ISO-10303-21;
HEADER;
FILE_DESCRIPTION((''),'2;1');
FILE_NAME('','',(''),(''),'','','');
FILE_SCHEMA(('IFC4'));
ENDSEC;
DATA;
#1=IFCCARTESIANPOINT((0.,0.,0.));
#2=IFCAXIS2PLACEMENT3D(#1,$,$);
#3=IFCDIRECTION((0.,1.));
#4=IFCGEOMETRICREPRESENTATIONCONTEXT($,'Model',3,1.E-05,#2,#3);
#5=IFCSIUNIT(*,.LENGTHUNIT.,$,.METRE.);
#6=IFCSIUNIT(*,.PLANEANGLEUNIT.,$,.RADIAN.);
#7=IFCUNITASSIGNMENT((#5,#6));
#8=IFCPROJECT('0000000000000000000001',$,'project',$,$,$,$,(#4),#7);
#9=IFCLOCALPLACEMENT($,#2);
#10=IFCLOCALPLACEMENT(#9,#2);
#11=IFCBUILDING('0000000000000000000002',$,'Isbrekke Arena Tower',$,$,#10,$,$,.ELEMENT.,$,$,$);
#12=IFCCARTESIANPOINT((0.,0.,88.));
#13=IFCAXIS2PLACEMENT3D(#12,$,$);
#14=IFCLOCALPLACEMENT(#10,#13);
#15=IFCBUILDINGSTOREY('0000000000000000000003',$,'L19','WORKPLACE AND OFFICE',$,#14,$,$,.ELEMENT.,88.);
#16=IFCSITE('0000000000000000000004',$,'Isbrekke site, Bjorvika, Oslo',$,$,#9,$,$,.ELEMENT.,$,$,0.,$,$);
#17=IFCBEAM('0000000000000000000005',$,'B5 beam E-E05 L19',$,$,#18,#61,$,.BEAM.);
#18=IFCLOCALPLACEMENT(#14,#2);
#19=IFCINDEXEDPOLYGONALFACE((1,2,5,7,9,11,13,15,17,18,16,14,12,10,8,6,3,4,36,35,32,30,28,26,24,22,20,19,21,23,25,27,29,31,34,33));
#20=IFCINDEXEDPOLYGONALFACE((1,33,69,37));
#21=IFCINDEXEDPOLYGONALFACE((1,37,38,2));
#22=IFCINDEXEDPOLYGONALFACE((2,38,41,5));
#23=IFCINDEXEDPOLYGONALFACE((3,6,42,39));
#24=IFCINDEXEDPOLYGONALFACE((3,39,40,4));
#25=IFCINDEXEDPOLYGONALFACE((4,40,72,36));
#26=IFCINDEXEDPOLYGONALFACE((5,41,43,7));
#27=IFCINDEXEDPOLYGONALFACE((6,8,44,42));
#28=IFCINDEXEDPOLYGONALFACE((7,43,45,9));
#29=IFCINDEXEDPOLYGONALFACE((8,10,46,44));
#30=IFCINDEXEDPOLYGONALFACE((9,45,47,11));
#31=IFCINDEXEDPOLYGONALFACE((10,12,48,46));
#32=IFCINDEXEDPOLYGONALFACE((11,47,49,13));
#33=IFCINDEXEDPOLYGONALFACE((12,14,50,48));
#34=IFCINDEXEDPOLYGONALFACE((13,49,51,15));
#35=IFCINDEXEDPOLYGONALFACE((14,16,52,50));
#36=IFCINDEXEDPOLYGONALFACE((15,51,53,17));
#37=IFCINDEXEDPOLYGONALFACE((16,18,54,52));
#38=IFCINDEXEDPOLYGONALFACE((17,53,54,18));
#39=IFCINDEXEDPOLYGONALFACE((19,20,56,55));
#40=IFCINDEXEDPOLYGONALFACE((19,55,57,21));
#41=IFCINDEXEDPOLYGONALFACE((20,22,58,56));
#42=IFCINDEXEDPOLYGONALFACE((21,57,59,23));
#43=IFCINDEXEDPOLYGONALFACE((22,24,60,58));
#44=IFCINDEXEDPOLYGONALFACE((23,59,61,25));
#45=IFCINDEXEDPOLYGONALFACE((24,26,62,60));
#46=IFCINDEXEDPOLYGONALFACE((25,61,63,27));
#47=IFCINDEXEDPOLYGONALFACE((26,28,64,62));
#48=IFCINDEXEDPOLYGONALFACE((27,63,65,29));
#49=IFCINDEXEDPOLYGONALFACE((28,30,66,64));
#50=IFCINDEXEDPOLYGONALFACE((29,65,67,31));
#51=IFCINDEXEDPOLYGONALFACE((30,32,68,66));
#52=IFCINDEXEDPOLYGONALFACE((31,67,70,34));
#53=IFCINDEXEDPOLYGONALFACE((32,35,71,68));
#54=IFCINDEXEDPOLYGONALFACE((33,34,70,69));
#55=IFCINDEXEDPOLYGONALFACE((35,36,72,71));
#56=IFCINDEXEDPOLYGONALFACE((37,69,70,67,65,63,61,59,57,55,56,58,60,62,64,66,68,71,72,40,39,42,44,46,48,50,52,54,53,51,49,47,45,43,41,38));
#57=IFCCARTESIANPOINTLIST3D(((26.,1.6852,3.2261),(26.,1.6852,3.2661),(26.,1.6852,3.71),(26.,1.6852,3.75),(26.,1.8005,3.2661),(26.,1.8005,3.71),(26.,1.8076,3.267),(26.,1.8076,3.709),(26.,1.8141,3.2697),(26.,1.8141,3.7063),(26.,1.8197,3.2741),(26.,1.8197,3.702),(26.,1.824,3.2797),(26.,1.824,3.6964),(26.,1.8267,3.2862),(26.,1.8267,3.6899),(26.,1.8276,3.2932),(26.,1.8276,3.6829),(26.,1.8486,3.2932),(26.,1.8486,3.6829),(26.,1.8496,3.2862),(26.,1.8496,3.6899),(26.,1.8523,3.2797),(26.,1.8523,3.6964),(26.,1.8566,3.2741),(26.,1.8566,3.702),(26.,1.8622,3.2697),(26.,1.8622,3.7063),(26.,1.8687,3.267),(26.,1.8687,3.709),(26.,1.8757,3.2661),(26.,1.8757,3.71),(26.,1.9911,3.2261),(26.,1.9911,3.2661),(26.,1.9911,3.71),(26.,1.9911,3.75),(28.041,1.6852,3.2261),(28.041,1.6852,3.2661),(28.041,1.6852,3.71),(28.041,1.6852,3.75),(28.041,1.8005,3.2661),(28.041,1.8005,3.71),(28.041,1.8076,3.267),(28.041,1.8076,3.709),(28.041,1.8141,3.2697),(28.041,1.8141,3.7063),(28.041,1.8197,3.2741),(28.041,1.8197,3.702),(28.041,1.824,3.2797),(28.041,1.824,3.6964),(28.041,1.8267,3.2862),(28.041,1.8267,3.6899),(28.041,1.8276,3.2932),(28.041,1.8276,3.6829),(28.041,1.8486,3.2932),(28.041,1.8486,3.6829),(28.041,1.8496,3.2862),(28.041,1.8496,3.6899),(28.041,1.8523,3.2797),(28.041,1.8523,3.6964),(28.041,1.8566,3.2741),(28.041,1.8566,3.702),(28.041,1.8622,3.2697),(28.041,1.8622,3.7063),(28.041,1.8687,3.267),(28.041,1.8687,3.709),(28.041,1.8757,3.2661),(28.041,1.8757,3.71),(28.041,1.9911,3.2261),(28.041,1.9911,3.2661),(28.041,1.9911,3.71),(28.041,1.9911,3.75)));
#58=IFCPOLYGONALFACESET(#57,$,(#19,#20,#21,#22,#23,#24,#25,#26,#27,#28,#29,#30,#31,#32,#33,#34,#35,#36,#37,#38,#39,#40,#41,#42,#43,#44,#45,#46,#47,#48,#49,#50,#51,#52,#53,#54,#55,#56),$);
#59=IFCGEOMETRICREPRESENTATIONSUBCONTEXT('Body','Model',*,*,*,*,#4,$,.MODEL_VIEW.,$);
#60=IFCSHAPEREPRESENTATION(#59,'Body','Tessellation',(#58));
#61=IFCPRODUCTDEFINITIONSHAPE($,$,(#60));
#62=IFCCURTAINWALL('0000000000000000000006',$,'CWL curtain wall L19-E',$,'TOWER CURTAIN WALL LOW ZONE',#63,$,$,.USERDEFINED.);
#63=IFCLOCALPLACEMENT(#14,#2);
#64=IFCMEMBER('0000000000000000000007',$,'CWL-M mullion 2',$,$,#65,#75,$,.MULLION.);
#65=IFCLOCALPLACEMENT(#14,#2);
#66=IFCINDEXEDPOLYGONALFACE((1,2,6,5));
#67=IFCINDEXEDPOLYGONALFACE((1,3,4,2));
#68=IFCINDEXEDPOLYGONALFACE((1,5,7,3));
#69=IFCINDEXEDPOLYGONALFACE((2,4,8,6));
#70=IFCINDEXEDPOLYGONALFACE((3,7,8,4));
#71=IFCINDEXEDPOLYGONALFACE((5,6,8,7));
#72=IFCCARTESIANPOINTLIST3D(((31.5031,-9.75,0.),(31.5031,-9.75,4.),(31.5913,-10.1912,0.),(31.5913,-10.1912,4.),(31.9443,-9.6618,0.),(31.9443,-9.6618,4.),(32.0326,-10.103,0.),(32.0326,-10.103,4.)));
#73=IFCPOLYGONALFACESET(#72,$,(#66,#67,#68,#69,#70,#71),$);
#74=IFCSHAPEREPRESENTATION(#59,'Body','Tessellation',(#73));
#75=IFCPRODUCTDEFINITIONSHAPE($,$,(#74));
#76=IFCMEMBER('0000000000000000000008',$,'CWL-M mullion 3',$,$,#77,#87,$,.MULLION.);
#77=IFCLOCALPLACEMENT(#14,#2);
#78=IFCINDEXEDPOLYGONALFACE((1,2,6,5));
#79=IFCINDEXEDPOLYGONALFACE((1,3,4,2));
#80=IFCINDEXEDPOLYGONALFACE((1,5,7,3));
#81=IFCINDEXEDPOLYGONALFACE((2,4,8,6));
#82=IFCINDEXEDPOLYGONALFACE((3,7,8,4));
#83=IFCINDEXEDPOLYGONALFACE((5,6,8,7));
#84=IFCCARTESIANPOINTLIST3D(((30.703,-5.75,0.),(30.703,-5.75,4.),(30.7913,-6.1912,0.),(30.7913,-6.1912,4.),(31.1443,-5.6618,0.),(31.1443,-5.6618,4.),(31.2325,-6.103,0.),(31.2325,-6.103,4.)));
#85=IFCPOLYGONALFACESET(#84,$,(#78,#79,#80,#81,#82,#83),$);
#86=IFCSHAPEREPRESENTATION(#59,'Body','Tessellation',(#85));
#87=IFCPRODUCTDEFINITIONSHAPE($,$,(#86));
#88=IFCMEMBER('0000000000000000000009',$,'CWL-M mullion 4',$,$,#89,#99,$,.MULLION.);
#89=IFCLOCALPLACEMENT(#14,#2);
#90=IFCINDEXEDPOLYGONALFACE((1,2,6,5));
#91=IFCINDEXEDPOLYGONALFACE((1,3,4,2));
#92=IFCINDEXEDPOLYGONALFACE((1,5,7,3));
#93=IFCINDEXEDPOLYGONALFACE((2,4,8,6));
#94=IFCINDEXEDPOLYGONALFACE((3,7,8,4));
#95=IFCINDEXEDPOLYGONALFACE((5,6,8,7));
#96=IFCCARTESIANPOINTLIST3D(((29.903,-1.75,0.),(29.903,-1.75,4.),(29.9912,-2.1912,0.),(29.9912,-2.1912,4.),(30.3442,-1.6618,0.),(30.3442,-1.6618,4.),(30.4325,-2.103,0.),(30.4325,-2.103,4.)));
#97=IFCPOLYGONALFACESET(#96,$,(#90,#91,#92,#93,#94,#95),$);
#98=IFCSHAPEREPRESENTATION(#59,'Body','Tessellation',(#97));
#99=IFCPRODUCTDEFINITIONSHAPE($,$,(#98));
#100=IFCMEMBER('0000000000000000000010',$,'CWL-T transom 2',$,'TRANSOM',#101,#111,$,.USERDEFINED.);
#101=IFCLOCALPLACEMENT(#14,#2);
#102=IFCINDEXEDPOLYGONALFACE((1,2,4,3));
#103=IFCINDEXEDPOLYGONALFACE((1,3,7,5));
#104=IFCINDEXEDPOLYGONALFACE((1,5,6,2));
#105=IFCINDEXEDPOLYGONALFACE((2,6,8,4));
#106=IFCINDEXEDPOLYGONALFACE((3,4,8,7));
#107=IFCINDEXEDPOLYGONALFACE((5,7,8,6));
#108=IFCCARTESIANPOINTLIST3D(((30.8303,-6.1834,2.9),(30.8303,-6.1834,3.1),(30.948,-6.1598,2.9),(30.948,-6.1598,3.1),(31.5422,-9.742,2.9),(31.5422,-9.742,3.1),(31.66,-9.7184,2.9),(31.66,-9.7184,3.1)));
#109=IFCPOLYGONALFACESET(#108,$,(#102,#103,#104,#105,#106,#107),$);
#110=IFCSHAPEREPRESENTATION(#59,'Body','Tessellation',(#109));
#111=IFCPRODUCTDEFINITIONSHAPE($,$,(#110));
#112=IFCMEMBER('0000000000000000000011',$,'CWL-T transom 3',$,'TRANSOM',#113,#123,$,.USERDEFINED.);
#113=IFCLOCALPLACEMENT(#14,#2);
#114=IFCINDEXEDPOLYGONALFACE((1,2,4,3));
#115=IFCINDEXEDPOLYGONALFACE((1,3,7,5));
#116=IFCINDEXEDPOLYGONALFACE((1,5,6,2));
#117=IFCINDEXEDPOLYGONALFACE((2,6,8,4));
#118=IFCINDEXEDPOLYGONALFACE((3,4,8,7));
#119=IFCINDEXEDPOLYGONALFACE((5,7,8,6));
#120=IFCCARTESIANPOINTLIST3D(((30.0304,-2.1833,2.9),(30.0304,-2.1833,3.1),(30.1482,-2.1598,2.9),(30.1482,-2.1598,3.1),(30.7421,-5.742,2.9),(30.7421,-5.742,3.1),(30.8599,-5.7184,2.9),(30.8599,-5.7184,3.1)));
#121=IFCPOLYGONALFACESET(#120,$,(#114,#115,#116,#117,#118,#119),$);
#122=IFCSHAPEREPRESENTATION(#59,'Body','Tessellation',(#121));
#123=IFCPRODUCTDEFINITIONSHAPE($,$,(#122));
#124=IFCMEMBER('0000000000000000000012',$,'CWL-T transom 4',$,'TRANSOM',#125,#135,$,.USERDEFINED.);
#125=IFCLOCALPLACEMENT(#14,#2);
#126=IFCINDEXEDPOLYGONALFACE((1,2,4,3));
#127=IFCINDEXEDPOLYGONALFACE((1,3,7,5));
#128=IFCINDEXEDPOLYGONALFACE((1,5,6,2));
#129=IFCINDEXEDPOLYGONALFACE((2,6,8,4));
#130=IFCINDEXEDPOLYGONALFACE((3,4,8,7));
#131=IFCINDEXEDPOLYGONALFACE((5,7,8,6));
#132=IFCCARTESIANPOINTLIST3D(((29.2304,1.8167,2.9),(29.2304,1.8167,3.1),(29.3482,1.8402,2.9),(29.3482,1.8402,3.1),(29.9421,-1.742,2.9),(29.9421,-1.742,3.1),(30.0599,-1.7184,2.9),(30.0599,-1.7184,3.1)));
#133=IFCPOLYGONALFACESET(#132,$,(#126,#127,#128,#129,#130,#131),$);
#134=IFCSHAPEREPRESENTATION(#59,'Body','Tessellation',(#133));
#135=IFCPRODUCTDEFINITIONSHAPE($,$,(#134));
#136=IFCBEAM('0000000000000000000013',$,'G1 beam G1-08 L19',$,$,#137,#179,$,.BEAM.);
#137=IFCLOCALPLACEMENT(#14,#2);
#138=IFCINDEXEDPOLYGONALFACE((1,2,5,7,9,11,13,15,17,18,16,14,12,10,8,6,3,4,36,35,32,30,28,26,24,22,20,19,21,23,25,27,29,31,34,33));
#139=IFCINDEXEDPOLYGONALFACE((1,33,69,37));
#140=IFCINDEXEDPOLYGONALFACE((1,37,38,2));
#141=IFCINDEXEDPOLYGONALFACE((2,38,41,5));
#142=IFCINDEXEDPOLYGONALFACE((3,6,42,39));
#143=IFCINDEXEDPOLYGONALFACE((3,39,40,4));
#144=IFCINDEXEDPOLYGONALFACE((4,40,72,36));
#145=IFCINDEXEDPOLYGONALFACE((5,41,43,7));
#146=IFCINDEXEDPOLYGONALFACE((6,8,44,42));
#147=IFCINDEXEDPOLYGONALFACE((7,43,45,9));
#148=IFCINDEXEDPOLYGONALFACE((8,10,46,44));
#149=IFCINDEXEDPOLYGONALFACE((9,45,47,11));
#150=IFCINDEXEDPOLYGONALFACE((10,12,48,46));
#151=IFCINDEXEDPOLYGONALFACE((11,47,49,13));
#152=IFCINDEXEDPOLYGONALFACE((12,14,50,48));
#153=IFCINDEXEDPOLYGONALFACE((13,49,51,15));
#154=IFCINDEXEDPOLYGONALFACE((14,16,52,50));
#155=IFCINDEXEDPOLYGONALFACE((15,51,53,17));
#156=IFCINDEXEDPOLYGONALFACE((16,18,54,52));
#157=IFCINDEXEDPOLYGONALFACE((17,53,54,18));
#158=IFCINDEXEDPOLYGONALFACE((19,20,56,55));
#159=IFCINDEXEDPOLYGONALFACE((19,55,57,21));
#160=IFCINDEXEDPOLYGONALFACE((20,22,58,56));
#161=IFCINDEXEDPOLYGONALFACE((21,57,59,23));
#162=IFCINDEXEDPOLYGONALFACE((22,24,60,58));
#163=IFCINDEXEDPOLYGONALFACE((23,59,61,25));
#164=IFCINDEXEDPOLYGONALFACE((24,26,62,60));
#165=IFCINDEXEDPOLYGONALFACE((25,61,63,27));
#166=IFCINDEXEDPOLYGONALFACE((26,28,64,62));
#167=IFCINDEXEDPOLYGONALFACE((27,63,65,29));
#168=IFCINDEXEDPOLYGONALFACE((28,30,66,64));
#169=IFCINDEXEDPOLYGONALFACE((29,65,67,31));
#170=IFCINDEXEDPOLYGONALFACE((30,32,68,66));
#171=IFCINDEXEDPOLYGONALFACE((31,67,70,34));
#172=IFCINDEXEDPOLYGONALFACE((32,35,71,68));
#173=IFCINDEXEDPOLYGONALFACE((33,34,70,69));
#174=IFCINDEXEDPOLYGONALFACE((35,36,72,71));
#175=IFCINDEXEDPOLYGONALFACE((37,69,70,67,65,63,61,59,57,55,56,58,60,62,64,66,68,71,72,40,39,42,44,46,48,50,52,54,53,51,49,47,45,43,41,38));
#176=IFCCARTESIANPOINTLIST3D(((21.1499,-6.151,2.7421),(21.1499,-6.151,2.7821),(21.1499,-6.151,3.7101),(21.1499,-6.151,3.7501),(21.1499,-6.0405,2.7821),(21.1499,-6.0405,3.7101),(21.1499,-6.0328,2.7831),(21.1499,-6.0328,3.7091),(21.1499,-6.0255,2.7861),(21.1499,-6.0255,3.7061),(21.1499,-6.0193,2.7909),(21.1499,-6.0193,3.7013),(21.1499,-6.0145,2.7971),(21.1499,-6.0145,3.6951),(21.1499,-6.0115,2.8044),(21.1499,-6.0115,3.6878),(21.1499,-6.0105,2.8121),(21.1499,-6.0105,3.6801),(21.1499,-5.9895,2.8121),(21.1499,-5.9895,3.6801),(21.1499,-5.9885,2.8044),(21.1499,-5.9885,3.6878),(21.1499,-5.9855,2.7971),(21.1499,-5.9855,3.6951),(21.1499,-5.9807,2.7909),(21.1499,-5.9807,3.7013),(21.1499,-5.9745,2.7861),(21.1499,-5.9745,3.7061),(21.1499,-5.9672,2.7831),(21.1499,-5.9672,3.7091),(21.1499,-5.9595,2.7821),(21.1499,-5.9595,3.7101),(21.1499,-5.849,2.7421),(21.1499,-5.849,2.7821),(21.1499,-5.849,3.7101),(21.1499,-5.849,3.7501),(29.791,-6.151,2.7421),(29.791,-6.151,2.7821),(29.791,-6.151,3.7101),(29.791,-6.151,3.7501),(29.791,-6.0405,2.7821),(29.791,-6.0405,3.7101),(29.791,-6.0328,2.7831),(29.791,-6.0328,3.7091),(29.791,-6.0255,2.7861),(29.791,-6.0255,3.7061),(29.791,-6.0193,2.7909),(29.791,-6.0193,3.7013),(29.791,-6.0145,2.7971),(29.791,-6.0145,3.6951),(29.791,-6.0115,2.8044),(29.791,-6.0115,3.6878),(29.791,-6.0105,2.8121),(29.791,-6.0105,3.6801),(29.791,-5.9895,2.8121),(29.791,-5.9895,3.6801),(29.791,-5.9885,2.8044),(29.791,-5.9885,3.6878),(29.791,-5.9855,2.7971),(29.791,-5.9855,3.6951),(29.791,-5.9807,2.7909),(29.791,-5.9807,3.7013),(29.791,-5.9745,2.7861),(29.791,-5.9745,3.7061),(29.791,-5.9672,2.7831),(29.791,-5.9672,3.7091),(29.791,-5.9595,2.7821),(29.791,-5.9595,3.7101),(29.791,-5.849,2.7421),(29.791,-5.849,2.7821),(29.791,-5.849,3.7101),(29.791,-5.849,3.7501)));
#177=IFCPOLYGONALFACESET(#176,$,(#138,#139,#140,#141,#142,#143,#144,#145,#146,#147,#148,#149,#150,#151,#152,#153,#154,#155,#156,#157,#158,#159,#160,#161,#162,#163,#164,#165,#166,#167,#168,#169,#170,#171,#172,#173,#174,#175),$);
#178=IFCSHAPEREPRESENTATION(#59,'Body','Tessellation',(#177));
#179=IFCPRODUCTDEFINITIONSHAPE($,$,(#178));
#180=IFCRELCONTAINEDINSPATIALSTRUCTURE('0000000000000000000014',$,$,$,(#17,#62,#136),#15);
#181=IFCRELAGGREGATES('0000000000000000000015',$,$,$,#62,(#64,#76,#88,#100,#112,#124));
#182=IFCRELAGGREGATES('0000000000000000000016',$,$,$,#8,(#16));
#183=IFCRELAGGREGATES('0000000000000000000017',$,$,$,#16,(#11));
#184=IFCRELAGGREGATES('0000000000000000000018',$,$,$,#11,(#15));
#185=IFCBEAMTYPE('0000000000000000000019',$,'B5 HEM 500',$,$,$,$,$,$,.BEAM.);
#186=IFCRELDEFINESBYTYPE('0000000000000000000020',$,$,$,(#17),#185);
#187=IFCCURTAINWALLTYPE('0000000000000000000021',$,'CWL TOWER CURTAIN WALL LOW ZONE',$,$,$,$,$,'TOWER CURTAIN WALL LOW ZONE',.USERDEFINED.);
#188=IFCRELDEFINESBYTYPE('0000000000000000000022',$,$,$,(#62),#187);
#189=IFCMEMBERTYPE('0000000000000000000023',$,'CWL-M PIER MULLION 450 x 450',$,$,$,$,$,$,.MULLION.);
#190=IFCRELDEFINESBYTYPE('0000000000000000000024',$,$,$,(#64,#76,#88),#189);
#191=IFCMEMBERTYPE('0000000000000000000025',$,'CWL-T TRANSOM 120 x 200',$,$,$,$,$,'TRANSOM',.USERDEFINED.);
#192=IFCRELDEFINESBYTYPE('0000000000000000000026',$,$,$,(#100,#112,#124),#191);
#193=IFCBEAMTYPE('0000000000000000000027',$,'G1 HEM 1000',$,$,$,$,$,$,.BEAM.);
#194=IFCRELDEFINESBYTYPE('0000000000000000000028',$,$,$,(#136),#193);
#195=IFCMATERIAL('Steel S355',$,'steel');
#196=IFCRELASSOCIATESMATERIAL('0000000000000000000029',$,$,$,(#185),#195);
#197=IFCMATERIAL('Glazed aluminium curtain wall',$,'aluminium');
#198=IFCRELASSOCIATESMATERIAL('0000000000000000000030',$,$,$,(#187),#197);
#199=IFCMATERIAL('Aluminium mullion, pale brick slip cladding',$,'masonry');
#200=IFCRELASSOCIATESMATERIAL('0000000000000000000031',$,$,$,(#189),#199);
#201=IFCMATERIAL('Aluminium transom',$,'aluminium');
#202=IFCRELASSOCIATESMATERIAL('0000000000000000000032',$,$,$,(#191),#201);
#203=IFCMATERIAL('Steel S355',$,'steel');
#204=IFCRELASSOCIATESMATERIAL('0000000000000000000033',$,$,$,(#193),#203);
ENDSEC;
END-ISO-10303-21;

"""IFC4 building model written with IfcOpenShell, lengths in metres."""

from ifc_helpers import new_model, si_unit, direction, frame, origin, origin_2d, place, context, subcontext, project, spatial, rectangle, i_section, extrude, material, material_profile, profile_set, type_object, element, aggregate, save


model = new_model("IFC4")

# Units and contexts
model_context = context("Model", 3, precision=1e-05, world=origin(), true_north=direction((0.0, 1.0)))
body_context = subcontext(model_context, "Body", "Model", "MODEL_VIEW")
ifc_project = project(units=[si_unit("LENGTHUNIT", "METRE"), si_unit("PLANEANGLEUNIT", "RADIAN")], contexts=[model_context])

# Site, building, storey
site_placement = place(None, origin())
site = spatial("IfcSite", under=ifc_project, at=site_placement, Name="Isbrekke site, Bjorvika, Oslo", CompositionType="ELEMENT", RefElevation=0.0)
building_placement = place(site_placement, origin())
building = spatial("IfcBuilding", under=site, at=building_placement, Name="Isbrekke Arena Tower", CompositionType="ELEMENT")
storey_placement = place(building_placement, frame((0.0, 0.0, 88.0)))
storey = spatial("IfcBuildingStorey", under=building, at=storey_placement, Name="L19", Description="WORKPLACE AND OFFICE", CompositionType="ELEMENT", Elevation=88.0)

# Beam
ifc_material_1 = material(Name="Steel S355", Category="steel")
ifc_material_profile_1 = material_profile(ifc_material_1, i_section(OverallWidth=0.3059, OverallDepth=0.5239, WebThickness=0.021, FlangeThickness=0.04, FilletRadius=0.0271, at=origin_2d()), Name="HEM 500")
ifc_profile_set_1 = profile_set([ifc_material_profile_1], Name="Steel S355")
beam_type_1 = type_object("IfcBeamType", Name="B5 HEM 500", PredefinedType="BEAM", material=ifc_profile_set_1)
beam_1_placement = place(storey_placement, frame((28.041, 1.8381, 3.488), z_axis=(-1.0, 0.0, 0.0), x_axis=(0.0, -1.0, 0.0)))
element("IfcBeam", 1, at=beam_1_placement, inside=storey, type_object=beam_type_1, Name="B5 beam E-E05 L19", PredefinedType="BEAM", context=body_context, shape_type="SweptSolid", body=[
    extrude(i_section(OverallWidth=0.3059, OverallDepth=0.5239, WebThickness=0.021, FlangeThickness=0.04, FilletRadius=0.0271, at=origin_2d()), origin(), (0.0, 0.0, 1.0), 2.041),
])

# Curtain wall, members
ifc_material_2 = material(Name="Glazed aluminium curtain wall", Category="aluminium")
curtain_wall_type = type_object("IfcCurtainWallType", Name="CWL TOWER CURTAIN WALL LOW ZONE", ElementType="TOWER CURTAIN WALL LOW ZONE", PredefinedType="USERDEFINED", material=ifc_material_2)
curtain_wall_placement = place(storey_placement, origin())
curtain_wall = element("IfcCurtainWall", 2, at=curtain_wall_placement, inside=storey, type_object=curtain_wall_type, Name="CWL curtain wall L19-E", ObjectType="TOWER CURTAIN WALL LOW ZONE", PredefinedType="USERDEFINED")
ifc_material_3 = material(Name="Aluminium mullion, pale brick slip cladding", Category="masonry")
ifc_material_profile_2 = material_profile(ifc_material_3, rectangle(XDim=0.45, YDim=0.45, at=origin_2d()), Name="PIER 450X450")
ifc_profile_set_2 = profile_set([ifc_material_profile_2], Name="Aluminium mullion, pale brick slip cladding")
member_type_1 = type_object("IfcMemberType", Name="CWL-M PIER MULLION 450 x 450", PredefinedType="MULLION", material=ifc_profile_set_2)
member_1_placement = place(storey_placement, frame((31.7678, -9.9265, 0.0), z_axis=(0.0, 0.0, 1.0), x_axis=(-0.196116, 0.980581, 0.0)))
member_1 = element("IfcMember", 3, at=member_1_placement, type_object=member_type_1, Name="CWL-M mullion 2", PredefinedType="MULLION", context=body_context, shape_type="SweptSolid", body=[
    extrude(rectangle(XDim=0.45, YDim=0.45, at=origin_2d()), origin(), (0.0, 0.0, 1.0), 4.0),
])
member_2_placement = place(storey_placement, frame((30.9678, -5.9265, 0.0), z_axis=(0.0, 0.0, 1.0), x_axis=(-0.196116, 0.980581, 0.0)))
member_2 = element("IfcMember", 4, at=member_2_placement, type_object=member_type_1, Name="CWL-M mullion 3", PredefinedType="MULLION", context=body_context, shape_type="SweptSolid", body=[
    extrude(rectangle(XDim=0.45, YDim=0.45, at=origin_2d()), origin(), (0.0, 0.0, 1.0), 4.0),
])
member_3_placement = place(storey_placement, frame((30.1677, -1.9265, 0.0), z_axis=(0.0, 0.0, 1.0), x_axis=(-0.196116, 0.980581, 0.0)))
member_3 = element("IfcMember", 5, at=member_3_placement, type_object=member_type_1, Name="CWL-M mullion 4", PredefinedType="MULLION", context=body_context, shape_type="SweptSolid", body=[
    extrude(rectangle(XDim=0.45, YDim=0.45, at=origin_2d()), origin(), (0.0, 0.0, 1.0), 4.0),
])
ifc_material_4 = material(Name="Aluminium transom", Category="aluminium")
ifc_material_profile_3 = material_profile(ifc_material_4, rectangle(XDim=0.1201, YDim=0.2, at=origin_2d()), Name="TRANSOM 120X200")
ifc_profile_set_3 = profile_set([ifc_material_profile_3], Name="Aluminium transom")
member_type_2 = type_object("IfcMemberType", Name="CWL-T TRANSOM 120 x 200", ElementType="TRANSOM", PredefinedType="USERDEFINED", material=ifc_profile_set_3)
member_4_placement = place(storey_placement, frame((31.6011, -9.7302, 3.0), z_axis=(-0.196168, 0.98057, 0.0), x_axis=(-0.98057, -0.196168, 0.0)))
member_4 = element("IfcMember", 6, at=member_4_placement, type_object=member_type_2, Name="CWL-T transom 2", ObjectType="TRANSOM", PredefinedType="USERDEFINED", context=body_context, shape_type="SweptSolid", body=[
    extrude(rectangle(XDim=0.1201, YDim=0.2, at=origin_2d()), origin(), (0.0, 0.0, 1.0), 3.6292),
])
member_5_placement = place(storey_placement, frame((30.801, -5.7302, 3.0), z_axis=(-0.196103, 0.980583, 0.0), x_axis=(-0.980583, -0.196103, 0.0)))
member_5 = element("IfcMember", 7, at=member_5_placement, type_object=member_type_2, Name="CWL-T transom 3", ObjectType="TRANSOM", PredefinedType="USERDEFINED", context=body_context, shape_type="SweptSolid", body=[
    extrude(rectangle(XDim=0.1201, YDim=0.2, at=origin_2d()), origin(), (0.0, 0.0, 1.0), 3.6292),
])
member_6_placement = place(storey_placement, frame((30.001, -1.7302, 3.0), z_axis=(-0.196103, 0.980583, 0.0), x_axis=(-0.980583, -0.196103, 0.0)))
member_6 = element("IfcMember", 8, at=member_6_placement, type_object=member_type_2, Name="CWL-T transom 4", ObjectType="TRANSOM", PredefinedType="USERDEFINED", context=body_context, shape_type="SweptSolid", body=[
    extrude(rectangle(XDim=0.1201, YDim=0.2, at=origin_2d()), origin(), (0.0, 0.0, 1.0), 3.6292),
])

# Beam
ifc_material_5 = material(Name="Steel S355", Category="steel")
ifc_material_profile_4 = material_profile(ifc_material_5, i_section(OverallWidth=0.302, OverallDepth=1.0081, WebThickness=0.021, FlangeThickness=0.04, FilletRadius=0.03, at=origin_2d()), Name="HEM 1000")
ifc_profile_set_4 = profile_set([ifc_material_profile_4], Name="Steel S355")
beam_type_2 = type_object("IfcBeamType", Name="G1 HEM 1000", PredefinedType="BEAM", material=ifc_profile_set_4)
beam_2_placement = place(storey_placement, frame((21.1499, -6.0, 3.2461), z_axis=(1.0, 0.0, 0.0), x_axis=(0.0, 1.0, 0.0)))
element("IfcBeam", 9, at=beam_2_placement, inside=storey, type_object=beam_type_2, Name="G1 beam G1-08 L19", PredefinedType="BEAM", context=body_context, shape_type="SweptSolid", body=[
    extrude(i_section(OverallWidth=0.302, OverallDepth=1.0081, WebThickness=0.021, FlangeThickness=0.04, FilletRadius=0.03, at=origin_2d()), origin(), (0.0, 0.0, 1.0), 8.6411),
])

aggregate(curtain_wall, [member_1, member_2, member_3, member_4, member_5, member_6])

save(model, "model.ifc")
